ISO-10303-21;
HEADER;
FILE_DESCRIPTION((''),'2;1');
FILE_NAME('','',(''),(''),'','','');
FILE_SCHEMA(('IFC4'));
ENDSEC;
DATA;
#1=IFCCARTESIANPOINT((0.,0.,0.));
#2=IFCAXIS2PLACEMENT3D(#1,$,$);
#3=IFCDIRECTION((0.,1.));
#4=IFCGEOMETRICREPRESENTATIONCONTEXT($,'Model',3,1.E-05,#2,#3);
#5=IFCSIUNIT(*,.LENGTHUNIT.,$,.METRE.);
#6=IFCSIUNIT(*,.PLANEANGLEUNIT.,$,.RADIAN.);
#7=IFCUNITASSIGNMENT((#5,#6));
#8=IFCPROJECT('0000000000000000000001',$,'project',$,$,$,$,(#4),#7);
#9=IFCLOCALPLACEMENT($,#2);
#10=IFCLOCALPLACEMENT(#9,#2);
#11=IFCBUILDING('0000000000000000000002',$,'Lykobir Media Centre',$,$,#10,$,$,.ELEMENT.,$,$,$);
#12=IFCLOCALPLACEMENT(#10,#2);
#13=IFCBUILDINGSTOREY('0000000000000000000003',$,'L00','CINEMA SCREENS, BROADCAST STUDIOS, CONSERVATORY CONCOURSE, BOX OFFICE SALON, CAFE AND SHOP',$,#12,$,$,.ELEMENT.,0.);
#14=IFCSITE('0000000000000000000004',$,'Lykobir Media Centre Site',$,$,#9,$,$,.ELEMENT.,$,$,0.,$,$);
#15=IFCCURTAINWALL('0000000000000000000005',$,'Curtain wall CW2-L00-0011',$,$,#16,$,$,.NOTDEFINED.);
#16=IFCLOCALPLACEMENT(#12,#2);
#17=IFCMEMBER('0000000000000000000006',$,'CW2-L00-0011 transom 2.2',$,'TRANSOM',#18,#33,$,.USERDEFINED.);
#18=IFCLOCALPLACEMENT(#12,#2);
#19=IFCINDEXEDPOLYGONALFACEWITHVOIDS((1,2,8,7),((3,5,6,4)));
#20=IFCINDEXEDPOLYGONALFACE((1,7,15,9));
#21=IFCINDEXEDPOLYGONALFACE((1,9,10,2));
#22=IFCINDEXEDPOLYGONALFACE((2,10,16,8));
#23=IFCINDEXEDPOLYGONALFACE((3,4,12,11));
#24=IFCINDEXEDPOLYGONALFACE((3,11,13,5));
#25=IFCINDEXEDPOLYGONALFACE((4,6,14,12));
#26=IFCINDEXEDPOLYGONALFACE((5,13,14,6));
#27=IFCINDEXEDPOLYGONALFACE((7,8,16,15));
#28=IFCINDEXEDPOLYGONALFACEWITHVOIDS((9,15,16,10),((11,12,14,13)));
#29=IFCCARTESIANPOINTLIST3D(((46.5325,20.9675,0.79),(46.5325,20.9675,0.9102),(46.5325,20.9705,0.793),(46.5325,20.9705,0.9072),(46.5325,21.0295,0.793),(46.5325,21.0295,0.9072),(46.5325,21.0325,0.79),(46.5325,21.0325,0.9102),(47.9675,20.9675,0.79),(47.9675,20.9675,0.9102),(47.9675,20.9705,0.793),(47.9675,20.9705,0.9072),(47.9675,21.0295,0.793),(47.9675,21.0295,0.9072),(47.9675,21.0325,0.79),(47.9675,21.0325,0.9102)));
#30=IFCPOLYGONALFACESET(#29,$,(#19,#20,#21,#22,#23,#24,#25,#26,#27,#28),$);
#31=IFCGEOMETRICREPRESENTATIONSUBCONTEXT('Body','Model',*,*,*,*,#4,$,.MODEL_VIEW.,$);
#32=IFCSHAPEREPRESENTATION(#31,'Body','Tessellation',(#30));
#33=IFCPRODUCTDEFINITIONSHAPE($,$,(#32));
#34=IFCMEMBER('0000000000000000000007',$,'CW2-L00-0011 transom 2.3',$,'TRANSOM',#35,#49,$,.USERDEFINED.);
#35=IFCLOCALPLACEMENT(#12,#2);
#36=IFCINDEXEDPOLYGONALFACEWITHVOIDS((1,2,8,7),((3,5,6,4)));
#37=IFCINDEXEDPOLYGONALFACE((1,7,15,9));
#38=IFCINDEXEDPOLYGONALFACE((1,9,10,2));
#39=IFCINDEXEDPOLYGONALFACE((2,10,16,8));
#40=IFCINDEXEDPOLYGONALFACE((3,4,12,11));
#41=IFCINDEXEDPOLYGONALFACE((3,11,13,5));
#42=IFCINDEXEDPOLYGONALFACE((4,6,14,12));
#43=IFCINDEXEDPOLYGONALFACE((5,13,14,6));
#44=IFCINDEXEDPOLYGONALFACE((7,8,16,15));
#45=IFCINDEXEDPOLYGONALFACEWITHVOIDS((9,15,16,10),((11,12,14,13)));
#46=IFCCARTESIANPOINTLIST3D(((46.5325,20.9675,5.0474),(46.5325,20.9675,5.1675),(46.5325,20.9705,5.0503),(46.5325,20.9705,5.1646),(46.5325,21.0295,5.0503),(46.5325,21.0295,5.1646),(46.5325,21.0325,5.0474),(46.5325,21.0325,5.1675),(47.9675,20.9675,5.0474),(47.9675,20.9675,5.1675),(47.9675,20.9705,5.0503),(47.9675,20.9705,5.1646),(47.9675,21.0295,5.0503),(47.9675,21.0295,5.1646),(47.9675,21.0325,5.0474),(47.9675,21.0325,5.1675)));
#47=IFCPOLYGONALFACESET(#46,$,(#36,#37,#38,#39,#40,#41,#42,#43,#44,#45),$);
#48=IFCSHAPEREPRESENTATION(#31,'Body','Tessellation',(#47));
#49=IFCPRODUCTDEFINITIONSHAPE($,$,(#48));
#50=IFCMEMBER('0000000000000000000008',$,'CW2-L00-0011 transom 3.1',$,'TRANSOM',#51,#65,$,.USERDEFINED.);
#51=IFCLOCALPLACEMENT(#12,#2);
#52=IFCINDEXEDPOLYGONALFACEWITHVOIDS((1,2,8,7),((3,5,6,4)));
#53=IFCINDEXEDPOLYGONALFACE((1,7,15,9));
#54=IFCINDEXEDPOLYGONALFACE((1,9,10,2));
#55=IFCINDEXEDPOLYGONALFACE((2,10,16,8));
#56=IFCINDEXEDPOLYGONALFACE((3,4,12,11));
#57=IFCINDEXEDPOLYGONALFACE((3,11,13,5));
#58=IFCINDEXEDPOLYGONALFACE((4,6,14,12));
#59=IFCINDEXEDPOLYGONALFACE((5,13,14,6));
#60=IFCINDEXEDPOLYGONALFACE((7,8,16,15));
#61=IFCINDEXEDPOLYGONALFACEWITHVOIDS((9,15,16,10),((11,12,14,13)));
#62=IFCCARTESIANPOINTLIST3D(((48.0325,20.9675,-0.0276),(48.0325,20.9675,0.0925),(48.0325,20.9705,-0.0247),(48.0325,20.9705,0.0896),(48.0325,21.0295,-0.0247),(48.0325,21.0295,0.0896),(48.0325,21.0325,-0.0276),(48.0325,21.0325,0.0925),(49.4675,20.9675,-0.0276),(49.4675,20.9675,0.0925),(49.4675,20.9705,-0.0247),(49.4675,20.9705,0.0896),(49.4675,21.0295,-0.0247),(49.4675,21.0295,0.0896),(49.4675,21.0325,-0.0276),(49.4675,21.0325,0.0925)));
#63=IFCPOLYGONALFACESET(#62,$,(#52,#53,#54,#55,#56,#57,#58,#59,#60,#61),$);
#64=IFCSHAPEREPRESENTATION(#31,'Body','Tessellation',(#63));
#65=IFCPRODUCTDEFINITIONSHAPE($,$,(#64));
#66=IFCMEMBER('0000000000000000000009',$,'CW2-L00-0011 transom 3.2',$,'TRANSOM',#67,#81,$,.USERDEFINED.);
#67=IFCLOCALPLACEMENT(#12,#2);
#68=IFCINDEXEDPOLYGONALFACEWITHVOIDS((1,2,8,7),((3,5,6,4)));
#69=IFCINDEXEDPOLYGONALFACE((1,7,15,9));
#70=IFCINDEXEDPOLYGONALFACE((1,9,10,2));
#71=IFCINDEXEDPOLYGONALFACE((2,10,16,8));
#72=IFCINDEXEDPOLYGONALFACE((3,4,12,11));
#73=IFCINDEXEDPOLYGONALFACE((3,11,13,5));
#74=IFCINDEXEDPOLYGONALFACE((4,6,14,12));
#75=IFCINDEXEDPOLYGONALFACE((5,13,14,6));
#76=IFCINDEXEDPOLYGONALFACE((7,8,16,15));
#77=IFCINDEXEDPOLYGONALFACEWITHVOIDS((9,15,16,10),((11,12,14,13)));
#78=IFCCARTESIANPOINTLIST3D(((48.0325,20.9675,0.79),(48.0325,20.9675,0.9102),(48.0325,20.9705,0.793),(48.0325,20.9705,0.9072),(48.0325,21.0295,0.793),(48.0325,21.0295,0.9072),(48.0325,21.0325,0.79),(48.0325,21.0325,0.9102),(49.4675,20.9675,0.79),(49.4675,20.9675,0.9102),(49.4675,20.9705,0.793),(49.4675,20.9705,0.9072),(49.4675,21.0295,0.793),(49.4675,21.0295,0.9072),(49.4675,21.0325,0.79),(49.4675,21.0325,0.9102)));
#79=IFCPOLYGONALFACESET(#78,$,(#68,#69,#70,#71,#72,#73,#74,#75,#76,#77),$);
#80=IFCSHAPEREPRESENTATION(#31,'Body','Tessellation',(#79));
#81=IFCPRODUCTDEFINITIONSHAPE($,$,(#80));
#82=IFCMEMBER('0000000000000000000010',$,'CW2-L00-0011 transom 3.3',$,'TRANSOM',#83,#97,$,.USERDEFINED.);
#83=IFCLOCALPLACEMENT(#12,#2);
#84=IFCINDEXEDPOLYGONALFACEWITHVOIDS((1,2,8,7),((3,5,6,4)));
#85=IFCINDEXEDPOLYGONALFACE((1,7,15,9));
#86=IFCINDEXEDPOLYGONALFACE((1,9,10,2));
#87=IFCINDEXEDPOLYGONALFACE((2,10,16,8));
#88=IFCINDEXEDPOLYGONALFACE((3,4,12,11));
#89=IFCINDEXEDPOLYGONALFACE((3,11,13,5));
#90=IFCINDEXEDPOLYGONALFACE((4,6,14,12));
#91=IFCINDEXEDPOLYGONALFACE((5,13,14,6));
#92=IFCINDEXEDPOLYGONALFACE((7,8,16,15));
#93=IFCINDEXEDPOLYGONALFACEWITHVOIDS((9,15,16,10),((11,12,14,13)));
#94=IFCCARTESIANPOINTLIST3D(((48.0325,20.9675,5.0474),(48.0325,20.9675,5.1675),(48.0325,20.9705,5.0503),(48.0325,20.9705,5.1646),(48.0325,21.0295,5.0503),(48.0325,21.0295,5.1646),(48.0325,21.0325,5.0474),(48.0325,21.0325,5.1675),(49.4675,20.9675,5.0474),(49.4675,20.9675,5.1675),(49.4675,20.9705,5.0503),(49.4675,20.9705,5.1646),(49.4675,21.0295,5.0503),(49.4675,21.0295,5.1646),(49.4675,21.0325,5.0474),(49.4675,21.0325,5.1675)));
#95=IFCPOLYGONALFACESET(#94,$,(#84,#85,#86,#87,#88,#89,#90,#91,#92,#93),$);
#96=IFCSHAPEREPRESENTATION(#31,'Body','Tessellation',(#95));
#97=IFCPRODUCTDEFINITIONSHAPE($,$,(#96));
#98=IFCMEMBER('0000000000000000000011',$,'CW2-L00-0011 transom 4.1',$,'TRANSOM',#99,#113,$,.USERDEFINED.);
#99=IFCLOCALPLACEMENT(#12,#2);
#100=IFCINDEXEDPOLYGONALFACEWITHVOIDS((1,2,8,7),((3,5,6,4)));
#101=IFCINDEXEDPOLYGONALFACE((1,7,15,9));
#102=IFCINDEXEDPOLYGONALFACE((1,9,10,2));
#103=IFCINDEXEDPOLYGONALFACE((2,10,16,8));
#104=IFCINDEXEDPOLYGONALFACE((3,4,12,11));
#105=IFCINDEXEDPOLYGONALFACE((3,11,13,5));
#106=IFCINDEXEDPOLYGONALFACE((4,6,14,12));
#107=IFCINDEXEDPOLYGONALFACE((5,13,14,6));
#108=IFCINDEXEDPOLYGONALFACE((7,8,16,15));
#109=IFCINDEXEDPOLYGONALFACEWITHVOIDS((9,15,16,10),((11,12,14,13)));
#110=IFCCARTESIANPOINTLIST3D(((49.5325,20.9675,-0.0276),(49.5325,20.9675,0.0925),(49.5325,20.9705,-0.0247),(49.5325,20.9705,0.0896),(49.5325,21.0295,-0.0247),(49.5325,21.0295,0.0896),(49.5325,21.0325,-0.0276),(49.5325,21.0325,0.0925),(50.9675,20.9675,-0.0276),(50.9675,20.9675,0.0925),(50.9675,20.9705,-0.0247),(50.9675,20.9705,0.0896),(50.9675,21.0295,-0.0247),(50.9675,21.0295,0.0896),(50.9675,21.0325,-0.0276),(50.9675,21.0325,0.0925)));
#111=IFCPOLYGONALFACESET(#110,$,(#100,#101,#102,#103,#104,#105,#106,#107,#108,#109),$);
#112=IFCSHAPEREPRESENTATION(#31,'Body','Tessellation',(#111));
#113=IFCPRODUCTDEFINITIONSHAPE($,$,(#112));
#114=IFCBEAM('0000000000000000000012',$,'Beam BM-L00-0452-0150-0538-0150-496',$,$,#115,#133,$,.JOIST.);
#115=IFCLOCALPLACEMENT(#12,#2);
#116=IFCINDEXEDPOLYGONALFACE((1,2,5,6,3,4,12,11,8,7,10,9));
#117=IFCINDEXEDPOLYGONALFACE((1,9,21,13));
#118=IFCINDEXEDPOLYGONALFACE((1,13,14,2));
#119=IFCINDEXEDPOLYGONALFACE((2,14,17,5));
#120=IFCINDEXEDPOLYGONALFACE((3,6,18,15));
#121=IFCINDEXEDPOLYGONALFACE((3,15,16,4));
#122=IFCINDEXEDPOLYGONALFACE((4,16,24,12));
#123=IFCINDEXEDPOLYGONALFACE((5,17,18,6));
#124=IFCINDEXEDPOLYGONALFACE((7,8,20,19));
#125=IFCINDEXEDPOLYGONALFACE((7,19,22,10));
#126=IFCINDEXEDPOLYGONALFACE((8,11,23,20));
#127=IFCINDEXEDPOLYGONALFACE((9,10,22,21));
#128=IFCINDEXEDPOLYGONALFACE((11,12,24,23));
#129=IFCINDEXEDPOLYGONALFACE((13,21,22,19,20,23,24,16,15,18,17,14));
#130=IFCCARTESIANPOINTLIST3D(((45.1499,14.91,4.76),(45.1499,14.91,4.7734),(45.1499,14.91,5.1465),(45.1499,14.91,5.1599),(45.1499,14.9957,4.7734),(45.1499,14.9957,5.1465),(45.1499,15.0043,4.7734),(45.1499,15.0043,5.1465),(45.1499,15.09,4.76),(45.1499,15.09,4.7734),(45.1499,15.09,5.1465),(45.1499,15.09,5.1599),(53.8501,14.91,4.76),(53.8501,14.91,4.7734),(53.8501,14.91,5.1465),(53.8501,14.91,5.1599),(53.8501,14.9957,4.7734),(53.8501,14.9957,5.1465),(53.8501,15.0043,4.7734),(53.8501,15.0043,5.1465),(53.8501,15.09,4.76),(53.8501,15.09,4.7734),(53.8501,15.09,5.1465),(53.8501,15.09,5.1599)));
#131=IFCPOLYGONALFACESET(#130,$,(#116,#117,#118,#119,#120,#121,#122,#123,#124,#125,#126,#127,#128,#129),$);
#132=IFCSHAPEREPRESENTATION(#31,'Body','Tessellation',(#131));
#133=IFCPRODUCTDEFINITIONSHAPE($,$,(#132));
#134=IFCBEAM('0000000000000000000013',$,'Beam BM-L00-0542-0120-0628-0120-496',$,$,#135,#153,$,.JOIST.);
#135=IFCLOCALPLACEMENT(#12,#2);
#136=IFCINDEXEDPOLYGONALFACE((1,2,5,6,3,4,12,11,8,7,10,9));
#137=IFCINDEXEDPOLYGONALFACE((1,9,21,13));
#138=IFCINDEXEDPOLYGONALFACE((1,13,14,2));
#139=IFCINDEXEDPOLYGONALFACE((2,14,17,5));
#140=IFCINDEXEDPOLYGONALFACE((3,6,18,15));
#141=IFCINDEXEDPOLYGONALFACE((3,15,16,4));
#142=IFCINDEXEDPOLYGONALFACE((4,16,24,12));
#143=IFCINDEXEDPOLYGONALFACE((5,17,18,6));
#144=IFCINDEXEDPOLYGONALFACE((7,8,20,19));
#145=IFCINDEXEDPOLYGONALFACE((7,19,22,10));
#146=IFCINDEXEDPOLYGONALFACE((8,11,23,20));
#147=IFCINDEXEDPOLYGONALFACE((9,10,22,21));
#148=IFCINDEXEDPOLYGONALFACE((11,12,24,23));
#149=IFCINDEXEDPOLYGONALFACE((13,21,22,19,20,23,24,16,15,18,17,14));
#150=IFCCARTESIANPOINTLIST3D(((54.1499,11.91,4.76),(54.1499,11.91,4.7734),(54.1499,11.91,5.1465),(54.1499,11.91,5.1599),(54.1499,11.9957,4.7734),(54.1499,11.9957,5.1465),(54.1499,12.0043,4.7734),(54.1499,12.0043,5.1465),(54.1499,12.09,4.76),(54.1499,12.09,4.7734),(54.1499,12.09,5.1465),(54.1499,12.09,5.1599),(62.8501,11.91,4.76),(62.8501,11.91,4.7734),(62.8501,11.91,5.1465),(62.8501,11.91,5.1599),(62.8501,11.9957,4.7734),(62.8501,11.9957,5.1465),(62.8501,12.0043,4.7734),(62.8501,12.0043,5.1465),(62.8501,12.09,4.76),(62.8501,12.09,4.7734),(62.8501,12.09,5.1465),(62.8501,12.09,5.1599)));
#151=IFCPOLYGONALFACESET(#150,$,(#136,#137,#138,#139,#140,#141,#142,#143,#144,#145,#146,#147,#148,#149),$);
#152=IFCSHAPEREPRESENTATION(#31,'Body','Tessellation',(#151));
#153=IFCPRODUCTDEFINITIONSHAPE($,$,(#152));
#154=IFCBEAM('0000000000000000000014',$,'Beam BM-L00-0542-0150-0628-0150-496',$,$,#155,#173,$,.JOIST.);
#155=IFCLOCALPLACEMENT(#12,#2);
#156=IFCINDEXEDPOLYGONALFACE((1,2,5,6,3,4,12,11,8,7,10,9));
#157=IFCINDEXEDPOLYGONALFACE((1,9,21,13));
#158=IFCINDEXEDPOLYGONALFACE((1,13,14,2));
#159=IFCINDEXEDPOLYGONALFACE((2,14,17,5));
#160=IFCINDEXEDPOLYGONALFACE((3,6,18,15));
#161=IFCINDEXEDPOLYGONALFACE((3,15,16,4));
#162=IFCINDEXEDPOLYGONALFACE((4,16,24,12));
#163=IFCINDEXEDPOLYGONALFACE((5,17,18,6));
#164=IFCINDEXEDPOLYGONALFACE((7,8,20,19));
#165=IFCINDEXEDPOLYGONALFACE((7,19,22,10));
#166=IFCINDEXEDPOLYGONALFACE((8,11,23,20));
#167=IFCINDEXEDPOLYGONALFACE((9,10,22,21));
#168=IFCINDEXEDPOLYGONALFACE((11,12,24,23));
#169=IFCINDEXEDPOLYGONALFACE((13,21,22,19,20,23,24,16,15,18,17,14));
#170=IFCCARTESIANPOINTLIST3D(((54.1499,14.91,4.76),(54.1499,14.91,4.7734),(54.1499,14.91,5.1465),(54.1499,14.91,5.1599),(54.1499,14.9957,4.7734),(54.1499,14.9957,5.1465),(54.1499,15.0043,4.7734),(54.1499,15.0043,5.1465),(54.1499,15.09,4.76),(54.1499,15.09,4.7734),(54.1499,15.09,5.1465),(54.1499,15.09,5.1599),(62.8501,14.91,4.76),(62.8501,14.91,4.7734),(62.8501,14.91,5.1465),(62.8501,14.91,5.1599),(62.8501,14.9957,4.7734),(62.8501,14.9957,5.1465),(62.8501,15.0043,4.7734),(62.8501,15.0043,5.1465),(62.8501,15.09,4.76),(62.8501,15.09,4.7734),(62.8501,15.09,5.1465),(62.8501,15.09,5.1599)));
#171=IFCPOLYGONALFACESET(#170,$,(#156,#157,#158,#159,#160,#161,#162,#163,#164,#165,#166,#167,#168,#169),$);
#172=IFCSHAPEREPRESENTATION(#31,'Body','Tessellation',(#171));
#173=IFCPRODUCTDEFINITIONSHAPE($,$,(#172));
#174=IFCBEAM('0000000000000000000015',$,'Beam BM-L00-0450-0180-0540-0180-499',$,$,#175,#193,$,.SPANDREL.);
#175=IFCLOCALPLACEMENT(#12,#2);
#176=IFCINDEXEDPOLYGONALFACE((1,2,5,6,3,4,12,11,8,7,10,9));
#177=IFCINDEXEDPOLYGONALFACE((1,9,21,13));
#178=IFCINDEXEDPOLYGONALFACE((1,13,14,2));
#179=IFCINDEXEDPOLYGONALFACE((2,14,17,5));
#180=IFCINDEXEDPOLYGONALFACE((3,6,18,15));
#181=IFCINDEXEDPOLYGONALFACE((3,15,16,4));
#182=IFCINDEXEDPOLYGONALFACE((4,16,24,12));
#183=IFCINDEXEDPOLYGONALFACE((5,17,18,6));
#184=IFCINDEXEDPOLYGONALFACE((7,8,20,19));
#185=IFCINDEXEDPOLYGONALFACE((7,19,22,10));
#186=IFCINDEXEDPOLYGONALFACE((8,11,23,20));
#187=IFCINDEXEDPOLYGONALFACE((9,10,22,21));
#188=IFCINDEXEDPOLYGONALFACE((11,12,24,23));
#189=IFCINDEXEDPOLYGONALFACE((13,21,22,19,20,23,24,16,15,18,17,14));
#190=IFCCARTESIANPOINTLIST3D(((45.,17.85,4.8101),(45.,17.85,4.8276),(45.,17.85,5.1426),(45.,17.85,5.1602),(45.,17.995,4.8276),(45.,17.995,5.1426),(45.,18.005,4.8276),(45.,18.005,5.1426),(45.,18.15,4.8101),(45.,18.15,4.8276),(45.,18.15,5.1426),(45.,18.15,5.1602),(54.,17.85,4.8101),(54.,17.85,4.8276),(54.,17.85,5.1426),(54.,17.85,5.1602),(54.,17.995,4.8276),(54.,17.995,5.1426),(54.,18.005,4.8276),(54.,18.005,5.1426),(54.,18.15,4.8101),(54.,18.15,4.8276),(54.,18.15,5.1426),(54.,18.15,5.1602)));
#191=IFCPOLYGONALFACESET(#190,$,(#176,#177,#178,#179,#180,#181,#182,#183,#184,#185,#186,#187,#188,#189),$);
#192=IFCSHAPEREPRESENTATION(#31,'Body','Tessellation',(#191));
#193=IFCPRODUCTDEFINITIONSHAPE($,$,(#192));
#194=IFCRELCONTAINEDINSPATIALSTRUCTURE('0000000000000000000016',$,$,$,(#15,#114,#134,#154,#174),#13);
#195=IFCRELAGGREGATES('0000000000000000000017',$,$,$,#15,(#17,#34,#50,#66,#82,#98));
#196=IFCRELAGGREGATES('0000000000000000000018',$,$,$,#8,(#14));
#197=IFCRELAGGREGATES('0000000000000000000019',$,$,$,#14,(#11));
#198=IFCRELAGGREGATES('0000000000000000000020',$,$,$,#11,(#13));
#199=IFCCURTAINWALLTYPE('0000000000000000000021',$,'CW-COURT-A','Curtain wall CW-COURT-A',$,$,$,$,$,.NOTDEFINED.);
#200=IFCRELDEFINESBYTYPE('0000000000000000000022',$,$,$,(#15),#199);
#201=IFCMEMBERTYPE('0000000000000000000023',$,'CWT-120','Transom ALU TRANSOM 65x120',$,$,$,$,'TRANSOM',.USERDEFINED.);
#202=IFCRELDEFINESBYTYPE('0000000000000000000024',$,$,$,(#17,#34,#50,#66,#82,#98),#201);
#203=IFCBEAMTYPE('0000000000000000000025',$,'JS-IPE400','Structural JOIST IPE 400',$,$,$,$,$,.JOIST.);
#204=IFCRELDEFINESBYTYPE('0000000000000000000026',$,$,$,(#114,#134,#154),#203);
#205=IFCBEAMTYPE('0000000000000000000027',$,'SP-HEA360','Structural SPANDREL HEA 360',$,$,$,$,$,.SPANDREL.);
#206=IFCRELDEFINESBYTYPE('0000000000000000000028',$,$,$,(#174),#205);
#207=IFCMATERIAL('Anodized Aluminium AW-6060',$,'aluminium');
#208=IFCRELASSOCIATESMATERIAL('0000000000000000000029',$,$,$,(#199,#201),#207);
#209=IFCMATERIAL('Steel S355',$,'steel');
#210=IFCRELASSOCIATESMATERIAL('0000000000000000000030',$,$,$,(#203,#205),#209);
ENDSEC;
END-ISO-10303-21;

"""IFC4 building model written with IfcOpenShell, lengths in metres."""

from ifc_helpers import new_model, si_unit, direction, frame, origin, origin_2d, place, context, subcontext, project, spatial, hollow_rectangle, i_section, extrude, material, material_profile, profile_set, type_object, element, aggregate, save


model = new_model("IFC4")

# Units and contexts
model_context = context("Model", 3, precision=1e-05, world=origin(), true_north=direction((0.0, 1.0)))
body_context = subcontext(model_context, "Body", "Model", "MODEL_VIEW")
ifc_project = project(units=[si_unit("LENGTHUNIT", "METRE"), si_unit("PLANEANGLEUNIT", "RADIAN")], contexts=[model_context])

# Site, building, storey
site_placement = place(None, origin())
site = spatial("IfcSite", under=ifc_project, at=site_placement, Name="Lykobir Media Centre Site", CompositionType="ELEMENT", RefElevation=0.0)
building_placement = place(site_placement, origin())
building = spatial("IfcBuilding", under=site, at=building_placement, Name="Lykobir Media Centre", CompositionType="ELEMENT")
storey_placement = place(building_placement, origin())
storey = spatial("IfcBuildingStorey", under=building, at=storey_placement, Name="L00", Description="CINEMA SCREENS, BROADCAST STUDIOS, CONSERVATORY CONCOURSE, BOX OFFICE SALON, CAFE AND SHOP", CompositionType="ELEMENT", Elevation=0.0)

# Shared definitions
ifc_material_1 = material(Name="Steel S355", Category="steel")

# Curtain wall, members
ifc_material_2 = material(Name="Anodized Aluminium AW-6060", Category="aluminium")
curtain_wall_type = type_object("IfcCurtainWallType", Name="CW-COURT-A", Description="Curtain wall CW-COURT-A", PredefinedType="NOTDEFINED", material=ifc_material_2)
curtain_wall_placement = place(storey_placement, origin())
curtain_wall = element("IfcCurtainWall", 1, at=curtain_wall_placement, inside=storey, type_object=curtain_wall_type, Name="Curtain wall CW2-L00-0011", PredefinedType="NOTDEFINED")
ifc_material_profile_1 = material_profile(ifc_material_2, hollow_rectangle(XDim=0.0649, YDim=0.1201, WallThickness=0.0029, at=origin_2d()), Name="ALU TRANSOM 65x120")
ifc_profile_set_1 = profile_set([ifc_material_profile_1], Name="Anodized Aluminium AW-6060")
member_type_1 = type_object("IfcMemberType", Name="CWT-120", Description="Transom ALU TRANSOM 65x120", ElementType="TRANSOM", PredefinedType="USERDEFINED", material=ifc_profile_set_1)
member_1_placement = place(storey_placement, frame((46.5325, 21.0, 0.8501), z_axis=(1.0, 0.0, 0.0), x_axis=(0.0, 1.0, 0.0)))
member_1 = element("IfcMember", 2, at=member_1_placement, type_object=member_type_1, Name="CW2-L00-0011 transom 2.2", ObjectType="TRANSOM", PredefinedType="USERDEFINED", context=body_context, shape_type="SweptSolid", body=[
    extrude(hollow_rectangle(XDim=0.0649, YDim=0.1201, WallThickness=0.0029, at=origin_2d()), origin(), (0.0, 0.0, 1.0), 1.4351),
])
member_2_placement = place(storey_placement, frame((46.5325, 21.0, 5.1074), z_axis=(1.0, 0.0, 0.0), x_axis=(0.0, 1.0, 0.0)))
member_2 = element("IfcMember", 3, at=member_2_placement, type_object=member_type_1, Name="CW2-L00-0011 transom 2.3", ObjectType="TRANSOM", PredefinedType="USERDEFINED", context=body_context, shape_type="SweptSolid", body=[
    extrude(hollow_rectangle(XDim=0.0649, YDim=0.1201, WallThickness=0.0029, at=origin_2d()), origin(), (0.0, 0.0, 1.0), 1.4351),
])
member_3_placement = place(storey_placement, frame((48.0325, 21.0, 0.0325), z_axis=(1.0, 0.0, 0.0), x_axis=(0.0, 1.0, 0.0)))
member_3 = element("IfcMember", 4, at=member_3_placement, type_object=member_type_1, Name="CW2-L00-0011 transom 3.1", ObjectType="TRANSOM", PredefinedType="USERDEFINED", context=body_context, shape_type="SweptSolid", body=[
    extrude(hollow_rectangle(XDim=0.0649, YDim=0.1201, WallThickness=0.0029, at=origin_2d()), origin(), (0.0, 0.0, 1.0), 1.4351),
])
member_4_placement = place(storey_placement, frame((48.0325, 21.0, 0.8501), z_axis=(1.0, 0.0, 0.0), x_axis=(0.0, 1.0, 0.0)))
member_4 = element("IfcMember", 5, at=member_4_placement, type_object=member_type_1, Name="CW2-L00-0011 transom 3.2", ObjectType="TRANSOM", PredefinedType="USERDEFINED", context=body_context, shape_type="SweptSolid", body=[
    extrude(hollow_rectangle(XDim=0.0649, YDim=0.1201, WallThickness=0.0029, at=origin_2d()), origin(), (0.0, 0.0, 1.0), 1.4351),
])
member_5_placement = place(storey_placement, frame((48.0325, 21.0, 5.1074), z_axis=(1.0, 0.0, 0.0), x_axis=(0.0, 1.0, 0.0)))
member_5 = element("IfcMember", 6, at=member_5_placement, type_object=member_type_1, Name="CW2-L00-0011 transom 3.3", ObjectType="TRANSOM", PredefinedType="USERDEFINED", context=body_context, shape_type="SweptSolid", body=[
    extrude(hollow_rectangle(XDim=0.0649, YDim=0.1201, WallThickness=0.0029, at=origin_2d()), origin(), (0.0, 0.0, 1.0), 1.4351),
])
member_6_placement = place(storey_placement, frame((49.5325, 21.0, 0.0325), z_axis=(1.0, 0.0, 0.0), x_axis=(0.0, 1.0, 0.0)))
member_6 = element("IfcMember", 7, at=member_6_placement, type_object=member_type_1, Name="CW2-L00-0011 transom 4.1", ObjectType="TRANSOM", PredefinedType="USERDEFINED", context=body_context, shape_type="SweptSolid", body=[
    extrude(hollow_rectangle(XDim=0.0649, YDim=0.1201, WallThickness=0.0029, at=origin_2d()), origin(), (0.0, 0.0, 1.0), 1.4351),
])

# Beams
ifc_material_profile_2 = material_profile(ifc_material_1, i_section(OverallWidth=0.1799, OverallDepth=0.3999, WebThickness=0.0085, FlangeThickness=0.0134, at=origin_2d()), Name="IPE 400")
ifc_profile_set_2 = profile_set([ifc_material_profile_2], Name="Steel S355")
beam_type_1 = type_object("IfcBeamType", Name="JS-IPE400", Description="Structural JOIST IPE 400", PredefinedType="JOIST", material=ifc_profile_set_2)
for number, where, z_axis, x_axis, name in (
    (8, (45.1499, 15.0, 4.96), (1.0, 0.0, 0.0), (0.0, 1.0, 0.0), "Beam BM-L00-0452-0150-0538-0150-496"),
    (9, (54.1499, 12.0, 4.96), (1.0, 0.0, 0.0), (0.0, 1.0, 0.0), "Beam BM-L00-0542-0120-0628-0120-496"),
    (10, (54.1499, 15.0, 4.96), (1.0, 0.0, 0.0), (0.0, 1.0, 0.0), "Beam BM-L00-0542-0150-0628-0150-496"),
):
    element("IfcBeam", number, at=place(storey_placement, frame(where, z_axis=z_axis, x_axis=x_axis)), inside=storey, type_object=beam_type_1, Name=name, PredefinedType="JOIST", context=body_context, shape_type="SweptSolid", body=[
        extrude(i_section(OverallWidth=0.1799, OverallDepth=0.3999, WebThickness=0.0085, FlangeThickness=0.0134, at=origin_2d()), origin(), (0.0, 0.0, 1.0), 8.7002),
    ])
ifc_material_profile_3 = material_profile(ifc_material_1, i_section(OverallWidth=0.3, OverallDepth=0.3501, WebThickness=0.01, FlangeThickness=0.0176, at=origin_2d()), Name="HEA 360")
ifc_profile_set_3 = profile_set([ifc_material_profile_3], Name="Steel S355")
beam_type_2 = type_object("IfcBeamType", Name="SP-HEA360", Description="Structural SPANDREL HEA 360", PredefinedType="SPANDREL", material=ifc_profile_set_3)
for number, where, z_axis, x_axis, name in (
    (11, (45.0, 18.0, 4.9851), (1.0, 0.0, 0.0), (0.0, 1.0, 0.0), "Beam BM-L00-0450-0180-0540-0180-499"),
):
    element("IfcBeam", number, at=place(storey_placement, frame(where, z_axis=z_axis, x_axis=x_axis)), inside=storey, type_object=beam_type_2, Name=name, PredefinedType="SPANDREL", context=body_context, shape_type="SweptSolid", body=[
        extrude(i_section(OverallWidth=0.3, OverallDepth=0.3501, WebThickness=0.01, FlangeThickness=0.0176, at=origin_2d()), origin(), (0.0, 0.0, 1.0), 9.0),
    ])

aggregate(curtain_wall, [member_1, member_2, member_3, member_4, member_5, member_6])

save(model, "model.ifc")
